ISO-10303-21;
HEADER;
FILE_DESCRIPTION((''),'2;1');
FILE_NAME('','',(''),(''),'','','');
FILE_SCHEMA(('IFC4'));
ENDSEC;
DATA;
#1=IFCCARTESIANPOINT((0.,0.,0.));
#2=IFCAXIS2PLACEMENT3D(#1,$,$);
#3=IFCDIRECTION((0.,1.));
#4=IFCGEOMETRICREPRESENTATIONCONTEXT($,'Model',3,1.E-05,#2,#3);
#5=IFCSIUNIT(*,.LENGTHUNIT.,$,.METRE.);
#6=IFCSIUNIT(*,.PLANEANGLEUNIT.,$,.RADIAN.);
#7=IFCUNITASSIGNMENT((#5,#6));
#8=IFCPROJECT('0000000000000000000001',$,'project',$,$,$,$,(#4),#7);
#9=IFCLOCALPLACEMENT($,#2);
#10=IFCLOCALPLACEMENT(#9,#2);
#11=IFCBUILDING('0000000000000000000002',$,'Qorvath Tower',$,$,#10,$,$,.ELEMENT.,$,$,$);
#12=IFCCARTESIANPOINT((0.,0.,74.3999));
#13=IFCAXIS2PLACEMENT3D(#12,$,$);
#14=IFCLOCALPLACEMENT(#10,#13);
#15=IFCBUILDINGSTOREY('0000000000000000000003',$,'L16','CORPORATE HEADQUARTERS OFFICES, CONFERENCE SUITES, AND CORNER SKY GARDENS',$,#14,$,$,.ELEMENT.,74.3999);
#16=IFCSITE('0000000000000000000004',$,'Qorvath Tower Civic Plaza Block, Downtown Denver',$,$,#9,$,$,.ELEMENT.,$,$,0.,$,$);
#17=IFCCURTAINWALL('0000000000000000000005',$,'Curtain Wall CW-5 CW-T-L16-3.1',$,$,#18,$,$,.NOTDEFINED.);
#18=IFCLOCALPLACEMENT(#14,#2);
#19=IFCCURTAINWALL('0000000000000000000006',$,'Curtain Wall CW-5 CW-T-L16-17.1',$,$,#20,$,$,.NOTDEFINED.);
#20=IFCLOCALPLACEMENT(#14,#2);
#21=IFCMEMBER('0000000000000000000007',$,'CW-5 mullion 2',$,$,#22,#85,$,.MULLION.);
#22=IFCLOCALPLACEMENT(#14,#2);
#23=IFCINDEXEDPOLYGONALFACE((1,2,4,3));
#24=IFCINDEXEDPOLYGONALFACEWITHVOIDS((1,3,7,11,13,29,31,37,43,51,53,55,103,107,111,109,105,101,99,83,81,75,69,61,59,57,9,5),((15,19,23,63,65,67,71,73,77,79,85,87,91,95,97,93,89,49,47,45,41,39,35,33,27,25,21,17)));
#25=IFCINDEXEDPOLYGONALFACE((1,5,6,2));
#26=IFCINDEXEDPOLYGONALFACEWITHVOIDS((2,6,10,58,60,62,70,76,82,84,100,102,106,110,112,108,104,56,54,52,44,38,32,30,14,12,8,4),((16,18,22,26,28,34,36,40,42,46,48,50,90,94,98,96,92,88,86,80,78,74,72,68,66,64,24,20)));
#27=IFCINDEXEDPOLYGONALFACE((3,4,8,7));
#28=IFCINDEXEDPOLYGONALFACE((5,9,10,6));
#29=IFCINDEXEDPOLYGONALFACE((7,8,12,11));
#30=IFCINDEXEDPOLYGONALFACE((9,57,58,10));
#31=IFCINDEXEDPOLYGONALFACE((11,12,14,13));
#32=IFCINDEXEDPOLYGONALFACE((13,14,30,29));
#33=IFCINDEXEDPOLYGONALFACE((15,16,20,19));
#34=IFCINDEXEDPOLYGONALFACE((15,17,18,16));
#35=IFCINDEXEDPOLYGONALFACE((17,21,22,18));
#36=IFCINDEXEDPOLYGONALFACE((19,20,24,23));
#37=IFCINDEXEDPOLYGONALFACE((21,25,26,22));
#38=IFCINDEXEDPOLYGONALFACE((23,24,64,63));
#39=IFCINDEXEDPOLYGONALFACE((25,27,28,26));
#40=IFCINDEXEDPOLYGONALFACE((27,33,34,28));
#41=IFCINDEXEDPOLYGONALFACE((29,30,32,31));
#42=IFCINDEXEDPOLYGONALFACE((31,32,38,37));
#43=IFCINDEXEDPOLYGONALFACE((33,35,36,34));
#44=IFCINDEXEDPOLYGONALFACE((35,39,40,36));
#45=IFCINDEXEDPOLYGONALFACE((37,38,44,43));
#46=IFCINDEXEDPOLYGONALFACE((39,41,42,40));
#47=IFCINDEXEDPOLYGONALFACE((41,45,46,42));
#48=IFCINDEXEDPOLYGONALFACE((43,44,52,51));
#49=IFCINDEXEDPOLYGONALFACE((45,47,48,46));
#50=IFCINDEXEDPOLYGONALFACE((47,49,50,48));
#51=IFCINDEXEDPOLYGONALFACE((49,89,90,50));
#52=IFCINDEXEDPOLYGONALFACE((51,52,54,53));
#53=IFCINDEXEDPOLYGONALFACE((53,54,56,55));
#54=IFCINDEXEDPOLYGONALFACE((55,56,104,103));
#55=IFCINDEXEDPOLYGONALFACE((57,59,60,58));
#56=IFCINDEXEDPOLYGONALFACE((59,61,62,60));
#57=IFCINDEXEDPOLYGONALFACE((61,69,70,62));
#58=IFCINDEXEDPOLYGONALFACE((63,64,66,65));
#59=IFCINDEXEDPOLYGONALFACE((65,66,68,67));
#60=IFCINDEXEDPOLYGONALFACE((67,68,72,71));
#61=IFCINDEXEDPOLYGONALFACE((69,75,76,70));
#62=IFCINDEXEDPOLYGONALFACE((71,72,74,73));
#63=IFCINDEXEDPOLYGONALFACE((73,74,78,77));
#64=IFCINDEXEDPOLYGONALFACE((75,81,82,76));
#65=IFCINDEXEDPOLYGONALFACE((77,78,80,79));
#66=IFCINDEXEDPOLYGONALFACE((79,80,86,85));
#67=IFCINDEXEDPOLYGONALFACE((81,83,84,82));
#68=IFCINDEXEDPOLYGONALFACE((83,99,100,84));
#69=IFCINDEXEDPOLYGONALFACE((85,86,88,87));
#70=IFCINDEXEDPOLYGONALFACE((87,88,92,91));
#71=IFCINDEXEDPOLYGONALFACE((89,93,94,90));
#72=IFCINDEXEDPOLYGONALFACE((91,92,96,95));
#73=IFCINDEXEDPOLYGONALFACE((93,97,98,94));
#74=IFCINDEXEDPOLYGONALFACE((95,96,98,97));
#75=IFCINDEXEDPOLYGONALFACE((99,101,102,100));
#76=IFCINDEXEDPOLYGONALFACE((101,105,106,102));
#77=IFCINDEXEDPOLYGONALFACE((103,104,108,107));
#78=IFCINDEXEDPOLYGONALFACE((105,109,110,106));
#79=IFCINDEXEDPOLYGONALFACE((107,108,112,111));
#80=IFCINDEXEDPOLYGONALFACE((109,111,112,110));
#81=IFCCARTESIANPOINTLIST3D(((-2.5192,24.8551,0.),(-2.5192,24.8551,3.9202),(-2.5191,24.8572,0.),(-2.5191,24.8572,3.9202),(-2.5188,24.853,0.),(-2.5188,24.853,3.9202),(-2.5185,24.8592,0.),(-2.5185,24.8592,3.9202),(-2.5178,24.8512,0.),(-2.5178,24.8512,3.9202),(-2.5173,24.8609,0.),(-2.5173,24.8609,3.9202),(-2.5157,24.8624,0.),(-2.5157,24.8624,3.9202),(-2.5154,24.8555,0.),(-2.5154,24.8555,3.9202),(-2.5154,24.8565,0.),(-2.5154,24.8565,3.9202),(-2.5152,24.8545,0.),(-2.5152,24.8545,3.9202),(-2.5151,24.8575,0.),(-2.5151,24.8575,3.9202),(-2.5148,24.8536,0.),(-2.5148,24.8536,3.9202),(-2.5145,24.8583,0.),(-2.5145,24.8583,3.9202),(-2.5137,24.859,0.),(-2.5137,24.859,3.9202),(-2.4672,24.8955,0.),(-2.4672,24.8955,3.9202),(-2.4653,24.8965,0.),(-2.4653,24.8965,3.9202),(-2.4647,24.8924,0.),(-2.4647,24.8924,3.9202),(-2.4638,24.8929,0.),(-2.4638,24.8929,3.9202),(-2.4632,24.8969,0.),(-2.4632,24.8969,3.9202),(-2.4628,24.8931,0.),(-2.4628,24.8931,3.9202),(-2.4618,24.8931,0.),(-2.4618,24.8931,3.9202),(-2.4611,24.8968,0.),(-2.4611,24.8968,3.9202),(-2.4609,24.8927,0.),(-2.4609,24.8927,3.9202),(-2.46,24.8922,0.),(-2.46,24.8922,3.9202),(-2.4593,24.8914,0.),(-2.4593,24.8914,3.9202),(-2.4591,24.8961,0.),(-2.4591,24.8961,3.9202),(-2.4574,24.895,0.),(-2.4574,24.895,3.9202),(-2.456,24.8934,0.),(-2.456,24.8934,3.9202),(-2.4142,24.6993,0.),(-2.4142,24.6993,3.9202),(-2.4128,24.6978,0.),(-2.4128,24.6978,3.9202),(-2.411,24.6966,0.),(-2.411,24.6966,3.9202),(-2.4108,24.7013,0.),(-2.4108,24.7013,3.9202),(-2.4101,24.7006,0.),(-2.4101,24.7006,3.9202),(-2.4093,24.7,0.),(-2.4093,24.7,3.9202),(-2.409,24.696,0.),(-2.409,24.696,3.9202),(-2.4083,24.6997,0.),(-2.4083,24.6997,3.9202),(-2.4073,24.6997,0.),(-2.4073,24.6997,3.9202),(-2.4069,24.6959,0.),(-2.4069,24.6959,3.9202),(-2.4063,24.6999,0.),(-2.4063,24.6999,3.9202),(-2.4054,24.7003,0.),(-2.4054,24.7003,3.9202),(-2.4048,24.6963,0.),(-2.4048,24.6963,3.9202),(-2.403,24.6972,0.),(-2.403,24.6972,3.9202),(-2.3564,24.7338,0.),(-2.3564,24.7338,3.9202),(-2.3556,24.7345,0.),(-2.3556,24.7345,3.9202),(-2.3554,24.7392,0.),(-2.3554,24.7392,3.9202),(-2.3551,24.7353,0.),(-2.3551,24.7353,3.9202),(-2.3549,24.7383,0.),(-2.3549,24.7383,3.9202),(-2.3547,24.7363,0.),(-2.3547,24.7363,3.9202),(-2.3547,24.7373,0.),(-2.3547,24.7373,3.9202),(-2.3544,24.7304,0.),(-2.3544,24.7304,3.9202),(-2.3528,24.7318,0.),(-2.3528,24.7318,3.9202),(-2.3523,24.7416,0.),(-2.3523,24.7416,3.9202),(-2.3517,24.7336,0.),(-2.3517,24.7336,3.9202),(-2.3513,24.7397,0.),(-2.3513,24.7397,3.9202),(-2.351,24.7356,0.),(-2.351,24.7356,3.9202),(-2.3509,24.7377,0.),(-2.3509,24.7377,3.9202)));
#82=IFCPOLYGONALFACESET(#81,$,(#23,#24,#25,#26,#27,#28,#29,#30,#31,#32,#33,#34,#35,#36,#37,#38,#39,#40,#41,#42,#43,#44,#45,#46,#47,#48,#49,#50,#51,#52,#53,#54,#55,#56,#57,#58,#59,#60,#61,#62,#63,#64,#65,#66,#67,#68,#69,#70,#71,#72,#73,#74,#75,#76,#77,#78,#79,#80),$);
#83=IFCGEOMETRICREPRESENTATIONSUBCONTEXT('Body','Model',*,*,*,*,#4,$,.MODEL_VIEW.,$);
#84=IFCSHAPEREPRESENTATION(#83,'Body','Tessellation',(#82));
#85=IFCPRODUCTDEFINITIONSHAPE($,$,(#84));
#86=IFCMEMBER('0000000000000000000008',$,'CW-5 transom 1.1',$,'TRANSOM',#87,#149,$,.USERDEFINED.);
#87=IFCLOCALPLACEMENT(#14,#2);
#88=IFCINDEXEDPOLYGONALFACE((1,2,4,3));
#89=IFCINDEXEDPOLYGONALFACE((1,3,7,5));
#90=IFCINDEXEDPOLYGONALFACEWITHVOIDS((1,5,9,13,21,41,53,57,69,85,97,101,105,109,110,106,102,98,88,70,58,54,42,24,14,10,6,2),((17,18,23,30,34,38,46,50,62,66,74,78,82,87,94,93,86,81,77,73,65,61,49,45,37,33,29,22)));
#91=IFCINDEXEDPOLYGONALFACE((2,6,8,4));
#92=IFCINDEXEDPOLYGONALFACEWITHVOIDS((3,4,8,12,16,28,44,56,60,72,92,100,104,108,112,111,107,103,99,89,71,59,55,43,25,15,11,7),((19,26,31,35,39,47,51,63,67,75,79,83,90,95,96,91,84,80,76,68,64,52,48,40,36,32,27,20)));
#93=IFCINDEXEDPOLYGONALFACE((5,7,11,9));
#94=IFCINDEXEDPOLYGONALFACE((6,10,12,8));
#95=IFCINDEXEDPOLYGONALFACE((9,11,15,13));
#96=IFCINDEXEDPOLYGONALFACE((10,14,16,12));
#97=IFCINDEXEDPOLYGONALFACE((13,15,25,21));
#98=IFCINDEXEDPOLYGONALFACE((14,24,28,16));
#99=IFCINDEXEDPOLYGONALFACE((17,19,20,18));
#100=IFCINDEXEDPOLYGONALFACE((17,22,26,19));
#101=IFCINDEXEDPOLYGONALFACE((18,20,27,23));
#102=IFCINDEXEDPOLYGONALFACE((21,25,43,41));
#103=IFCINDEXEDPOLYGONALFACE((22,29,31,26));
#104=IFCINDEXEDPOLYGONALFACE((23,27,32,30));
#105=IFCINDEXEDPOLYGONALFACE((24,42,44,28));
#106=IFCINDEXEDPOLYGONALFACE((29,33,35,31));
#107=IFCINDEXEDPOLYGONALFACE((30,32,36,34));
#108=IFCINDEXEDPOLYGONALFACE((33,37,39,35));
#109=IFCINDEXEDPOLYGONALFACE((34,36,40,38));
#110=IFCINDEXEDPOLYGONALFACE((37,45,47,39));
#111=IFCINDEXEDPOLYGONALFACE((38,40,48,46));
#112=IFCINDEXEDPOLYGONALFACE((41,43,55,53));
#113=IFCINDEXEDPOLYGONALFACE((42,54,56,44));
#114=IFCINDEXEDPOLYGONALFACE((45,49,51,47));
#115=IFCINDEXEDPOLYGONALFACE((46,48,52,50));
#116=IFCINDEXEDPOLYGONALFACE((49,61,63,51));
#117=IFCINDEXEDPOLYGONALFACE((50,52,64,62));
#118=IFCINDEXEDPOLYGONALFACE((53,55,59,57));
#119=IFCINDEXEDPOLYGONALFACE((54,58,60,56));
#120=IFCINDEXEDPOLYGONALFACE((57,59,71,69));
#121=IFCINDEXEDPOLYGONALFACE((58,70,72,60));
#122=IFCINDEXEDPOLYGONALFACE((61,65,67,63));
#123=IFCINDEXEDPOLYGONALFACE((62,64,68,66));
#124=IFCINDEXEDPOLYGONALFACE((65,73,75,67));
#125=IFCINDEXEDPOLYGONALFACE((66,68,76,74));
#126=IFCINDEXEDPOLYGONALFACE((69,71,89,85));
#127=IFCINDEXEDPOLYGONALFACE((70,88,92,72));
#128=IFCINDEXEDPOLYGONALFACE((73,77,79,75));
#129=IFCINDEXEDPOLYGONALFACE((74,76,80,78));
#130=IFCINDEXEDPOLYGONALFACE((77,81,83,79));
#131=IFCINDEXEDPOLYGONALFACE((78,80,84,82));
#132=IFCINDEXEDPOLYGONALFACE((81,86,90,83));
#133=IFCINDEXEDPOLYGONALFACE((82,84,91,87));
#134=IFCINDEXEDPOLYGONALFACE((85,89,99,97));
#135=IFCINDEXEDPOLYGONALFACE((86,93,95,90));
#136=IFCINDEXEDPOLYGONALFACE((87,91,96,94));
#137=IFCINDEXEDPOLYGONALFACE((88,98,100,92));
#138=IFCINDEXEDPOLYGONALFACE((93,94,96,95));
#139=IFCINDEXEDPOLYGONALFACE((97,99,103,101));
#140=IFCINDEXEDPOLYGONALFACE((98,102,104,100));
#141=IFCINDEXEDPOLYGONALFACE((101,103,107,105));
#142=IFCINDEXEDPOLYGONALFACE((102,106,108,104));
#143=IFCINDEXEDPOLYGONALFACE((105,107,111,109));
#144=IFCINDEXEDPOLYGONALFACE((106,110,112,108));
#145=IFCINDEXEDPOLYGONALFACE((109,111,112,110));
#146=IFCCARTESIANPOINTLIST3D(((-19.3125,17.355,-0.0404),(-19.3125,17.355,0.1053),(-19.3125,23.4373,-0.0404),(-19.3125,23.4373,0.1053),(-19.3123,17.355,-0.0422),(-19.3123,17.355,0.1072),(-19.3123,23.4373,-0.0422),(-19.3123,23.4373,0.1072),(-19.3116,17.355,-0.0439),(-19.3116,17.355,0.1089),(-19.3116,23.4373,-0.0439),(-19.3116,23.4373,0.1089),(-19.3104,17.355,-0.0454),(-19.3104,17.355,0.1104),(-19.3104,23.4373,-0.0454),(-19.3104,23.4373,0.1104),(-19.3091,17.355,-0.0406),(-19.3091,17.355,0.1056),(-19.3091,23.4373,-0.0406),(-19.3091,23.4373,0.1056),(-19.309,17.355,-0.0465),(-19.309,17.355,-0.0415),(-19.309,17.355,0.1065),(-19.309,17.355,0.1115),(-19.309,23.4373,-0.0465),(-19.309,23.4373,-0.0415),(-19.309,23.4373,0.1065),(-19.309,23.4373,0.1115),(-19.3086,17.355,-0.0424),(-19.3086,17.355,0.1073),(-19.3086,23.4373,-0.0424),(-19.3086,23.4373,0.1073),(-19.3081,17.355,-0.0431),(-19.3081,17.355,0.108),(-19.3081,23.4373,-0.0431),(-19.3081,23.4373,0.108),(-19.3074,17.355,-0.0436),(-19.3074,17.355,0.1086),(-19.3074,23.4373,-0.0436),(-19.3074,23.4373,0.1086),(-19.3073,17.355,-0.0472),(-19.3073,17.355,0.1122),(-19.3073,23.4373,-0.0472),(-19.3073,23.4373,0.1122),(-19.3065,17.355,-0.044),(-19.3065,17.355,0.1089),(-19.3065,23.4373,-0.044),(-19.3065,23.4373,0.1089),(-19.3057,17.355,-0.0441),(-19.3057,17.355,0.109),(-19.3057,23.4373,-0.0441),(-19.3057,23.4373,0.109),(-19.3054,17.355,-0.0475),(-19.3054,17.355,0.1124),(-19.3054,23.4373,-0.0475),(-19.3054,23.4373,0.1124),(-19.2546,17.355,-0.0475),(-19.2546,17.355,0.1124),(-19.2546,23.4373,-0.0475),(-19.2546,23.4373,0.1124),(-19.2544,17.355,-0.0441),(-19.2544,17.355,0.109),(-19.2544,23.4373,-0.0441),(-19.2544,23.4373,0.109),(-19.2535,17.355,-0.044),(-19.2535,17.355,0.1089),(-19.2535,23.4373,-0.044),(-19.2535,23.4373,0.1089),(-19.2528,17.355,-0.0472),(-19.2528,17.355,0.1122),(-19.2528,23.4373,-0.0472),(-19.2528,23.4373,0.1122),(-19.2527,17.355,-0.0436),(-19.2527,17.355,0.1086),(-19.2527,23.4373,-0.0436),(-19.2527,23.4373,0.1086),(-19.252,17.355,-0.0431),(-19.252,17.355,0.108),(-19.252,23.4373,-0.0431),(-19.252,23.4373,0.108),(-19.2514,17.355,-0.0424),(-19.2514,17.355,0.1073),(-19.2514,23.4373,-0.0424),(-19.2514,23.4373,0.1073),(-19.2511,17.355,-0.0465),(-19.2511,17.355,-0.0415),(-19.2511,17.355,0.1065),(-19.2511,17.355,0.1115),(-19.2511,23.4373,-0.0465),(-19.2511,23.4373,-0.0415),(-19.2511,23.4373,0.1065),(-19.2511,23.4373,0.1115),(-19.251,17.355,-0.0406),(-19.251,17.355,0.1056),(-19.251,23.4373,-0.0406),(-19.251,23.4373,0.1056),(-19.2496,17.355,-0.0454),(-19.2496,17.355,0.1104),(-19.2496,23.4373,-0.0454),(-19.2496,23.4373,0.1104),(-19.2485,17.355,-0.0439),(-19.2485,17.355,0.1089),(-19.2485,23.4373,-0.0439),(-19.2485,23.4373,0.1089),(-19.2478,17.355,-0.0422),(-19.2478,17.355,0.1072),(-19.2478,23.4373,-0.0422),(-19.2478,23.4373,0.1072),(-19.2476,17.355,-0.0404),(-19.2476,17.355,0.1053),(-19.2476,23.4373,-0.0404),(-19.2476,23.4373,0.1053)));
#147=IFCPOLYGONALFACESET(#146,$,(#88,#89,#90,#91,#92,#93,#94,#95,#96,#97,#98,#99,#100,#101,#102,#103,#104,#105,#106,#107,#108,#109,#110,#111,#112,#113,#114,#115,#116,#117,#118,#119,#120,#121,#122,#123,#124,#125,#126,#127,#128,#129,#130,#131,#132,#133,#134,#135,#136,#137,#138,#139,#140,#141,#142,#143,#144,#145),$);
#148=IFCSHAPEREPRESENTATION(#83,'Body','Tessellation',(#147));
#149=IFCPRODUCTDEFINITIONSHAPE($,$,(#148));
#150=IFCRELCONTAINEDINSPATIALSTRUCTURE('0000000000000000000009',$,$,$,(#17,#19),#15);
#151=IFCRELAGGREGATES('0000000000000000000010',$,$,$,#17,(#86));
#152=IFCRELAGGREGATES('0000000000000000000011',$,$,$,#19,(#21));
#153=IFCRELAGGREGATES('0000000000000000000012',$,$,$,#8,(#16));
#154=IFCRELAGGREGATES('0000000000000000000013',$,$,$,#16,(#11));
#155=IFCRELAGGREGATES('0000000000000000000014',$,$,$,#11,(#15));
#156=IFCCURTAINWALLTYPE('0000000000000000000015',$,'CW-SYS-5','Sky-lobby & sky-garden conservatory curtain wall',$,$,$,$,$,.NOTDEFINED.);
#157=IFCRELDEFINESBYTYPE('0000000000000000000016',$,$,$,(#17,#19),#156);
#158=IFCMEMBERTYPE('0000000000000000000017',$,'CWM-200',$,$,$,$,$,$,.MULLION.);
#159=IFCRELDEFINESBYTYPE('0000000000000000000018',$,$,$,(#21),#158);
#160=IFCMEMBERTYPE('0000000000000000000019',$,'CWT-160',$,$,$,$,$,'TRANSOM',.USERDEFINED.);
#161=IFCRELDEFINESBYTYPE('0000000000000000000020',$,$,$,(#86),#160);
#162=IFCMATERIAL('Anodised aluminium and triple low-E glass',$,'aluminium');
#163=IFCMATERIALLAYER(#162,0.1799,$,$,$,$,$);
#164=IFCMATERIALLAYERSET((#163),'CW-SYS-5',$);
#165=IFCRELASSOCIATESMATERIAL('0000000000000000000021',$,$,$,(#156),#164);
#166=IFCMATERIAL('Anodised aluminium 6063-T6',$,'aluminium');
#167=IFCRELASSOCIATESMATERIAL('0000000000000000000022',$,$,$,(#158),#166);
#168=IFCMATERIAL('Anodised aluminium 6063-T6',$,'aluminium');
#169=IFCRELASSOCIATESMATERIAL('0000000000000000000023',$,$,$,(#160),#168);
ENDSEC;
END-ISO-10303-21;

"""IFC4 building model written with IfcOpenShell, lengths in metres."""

from ifc_helpers import new_model, si_unit, direction, frame, origin, origin_2d, place, context, subcontext, project, spatial, hollow_rectangle, extrude, material, layer, layer_set, material_profile, profile_set, type_object, element, aggregate, save


model = new_model("IFC4")

# Units and contexts
model_context = context("Model", 3, precision=1e-05, world=origin(), true_north=direction((0.0, 1.0)))
body_context = subcontext(model_context, "Body", "Model", "MODEL_VIEW")
ifc_project = project(units=[si_unit("LENGTHUNIT", "METRE"), si_unit("PLANEANGLEUNIT", "RADIAN")], contexts=[model_context])

# Site, building, storey
site_placement = place(None, origin())
site = spatial("IfcSite", under=ifc_project, at=site_placement, Name="Qorvath Tower Civic Plaza Block, Downtown Denver", CompositionType="ELEMENT", RefElevation=0.0)
building_placement = place(site_placement, origin())
building = spatial("IfcBuilding", under=site, at=building_placement, Name="Qorvath Tower", CompositionType="ELEMENT")
storey_placement = place(building_placement, frame((0.0, 0.0, 74.3999)))
storey = spatial("IfcBuildingStorey", under=building, at=storey_placement, Name="L16", Description="CORPORATE HEADQUARTERS OFFICES, CONFERENCE SUITES, AND CORNER SKY GARDENS", CompositionType="ELEMENT", Elevation=74.3999)

# Shared definitions
ifc_material_1 = material(Name="Anodised aluminium and triple low-E glass", Category="aluminium")
ifc_layer_1 = layer(ifc_material_1, 0.1799)
ifc_layer_set_1 = layer_set([ifc_layer_1], Name="CW-SYS-5")
curtain_wall_type = type_object("IfcCurtainWallType", Name="CW-SYS-5", Description="Sky-lobby & sky-garden conservatory curtain wall", PredefinedType="NOTDEFINED", material=ifc_layer_set_1)
ifc_material_2 = material(Name="Anodised aluminium 6063-T6", Category="aluminium")
ifc_material_profile_1 = material_profile(ifc_material_2, hollow_rectangle(XDim=0.075, YDim=0.2, WallThickness=0.0039, InnerFilletRadius=0.0039, OuterFilletRadius=0.0081, at=origin_2d()), Name="CWM 200x75")
ifc_profile_set_1 = profile_set([ifc_material_profile_1], Name="Anodised aluminium 6063-T6")
member_type_1 = type_object("IfcMemberType", Name="CWM-200", PredefinedType="MULLION", material=ifc_profile_set_1)

# Curtain wall
curtain_wall_1_placement = place(storey_placement, origin())
curtain_wall_1 = element("IfcCurtainWall", 1, at=curtain_wall_1_placement, inside=storey, type_object=curtain_wall_type, Name="Curtain Wall CW-5 CW-T-L16-3.1", PredefinedType="NOTDEFINED")

# Curtain wall, member
curtain_wall_2_placement = place(storey_placement, origin())
curtain_wall_2 = element("IfcCurtainWall", 2, at=curtain_wall_2_placement, inside=storey, type_object=curtain_wall_type, Name="Curtain Wall CW-5 CW-T-L16-17.1", PredefinedType="NOTDEFINED")
member_1_placement = place(storey_placement, frame((-2.4351, 24.7964, 0.0), z_axis=(0.0, 0.0, 1.0), x_axis=(-0.825776, -0.563998, 0.0)))
member_1 = element("IfcMember", 3, at=member_1_placement, type_object=member_type_1, Name="CW-5 mullion 2", PredefinedType="MULLION", context=body_context, shape_type="SweptSolid", body=[
    extrude(hollow_rectangle(XDim=0.075, YDim=0.2, WallThickness=0.0039, InnerFilletRadius=0.0039, OuterFilletRadius=0.0081, at=origin_2d()), origin(), (0.0, 0.0, 1.0), 3.9202),
])

# Member
ifc_material_3 = material(Name="Anodised aluminium 6063-T6", Category="aluminium")
ifc_material_profile_2 = material_profile(ifc_material_3, hollow_rectangle(XDim=0.0649, YDim=0.1599, WallThickness=0.0034, InnerFilletRadius=0.0034, OuterFilletRadius=0.0071, at=origin_2d()), Name="CWT 160x65")
ifc_profile_set_2 = profile_set([ifc_material_profile_2], Name="Anodised aluminium 6063-T6")
member_type_2 = type_object("IfcMemberType", Name="CWT-160", ElementType="TRANSOM", PredefinedType="USERDEFINED", material=ifc_profile_set_2)
member_2_placement = place(storey_placement, frame((-19.28, 17.355, 0.0325), z_axis=(0.0, 1.0, 0.0), x_axis=(-1.0, 0.0, 0.0)))
member_2 = element("IfcMember", 4, at=member_2_placement, type_object=member_type_2, Name="CW-5 transom 1.1", ObjectType="TRANSOM", PredefinedType="USERDEFINED", context=body_context, shape_type="SweptSolid", body=[
    extrude(hollow_rectangle(XDim=0.0649, YDim=0.1599, WallThickness=0.0034, InnerFilletRadius=0.0034, OuterFilletRadius=0.0071, at=origin_2d()), origin(), (0.0, 0.0, 1.0), 6.0823),
])

aggregate(curtain_wall_1, [member_2])
aggregate(curtain_wall_2, [member_1])

save(model, "model.ifc")
